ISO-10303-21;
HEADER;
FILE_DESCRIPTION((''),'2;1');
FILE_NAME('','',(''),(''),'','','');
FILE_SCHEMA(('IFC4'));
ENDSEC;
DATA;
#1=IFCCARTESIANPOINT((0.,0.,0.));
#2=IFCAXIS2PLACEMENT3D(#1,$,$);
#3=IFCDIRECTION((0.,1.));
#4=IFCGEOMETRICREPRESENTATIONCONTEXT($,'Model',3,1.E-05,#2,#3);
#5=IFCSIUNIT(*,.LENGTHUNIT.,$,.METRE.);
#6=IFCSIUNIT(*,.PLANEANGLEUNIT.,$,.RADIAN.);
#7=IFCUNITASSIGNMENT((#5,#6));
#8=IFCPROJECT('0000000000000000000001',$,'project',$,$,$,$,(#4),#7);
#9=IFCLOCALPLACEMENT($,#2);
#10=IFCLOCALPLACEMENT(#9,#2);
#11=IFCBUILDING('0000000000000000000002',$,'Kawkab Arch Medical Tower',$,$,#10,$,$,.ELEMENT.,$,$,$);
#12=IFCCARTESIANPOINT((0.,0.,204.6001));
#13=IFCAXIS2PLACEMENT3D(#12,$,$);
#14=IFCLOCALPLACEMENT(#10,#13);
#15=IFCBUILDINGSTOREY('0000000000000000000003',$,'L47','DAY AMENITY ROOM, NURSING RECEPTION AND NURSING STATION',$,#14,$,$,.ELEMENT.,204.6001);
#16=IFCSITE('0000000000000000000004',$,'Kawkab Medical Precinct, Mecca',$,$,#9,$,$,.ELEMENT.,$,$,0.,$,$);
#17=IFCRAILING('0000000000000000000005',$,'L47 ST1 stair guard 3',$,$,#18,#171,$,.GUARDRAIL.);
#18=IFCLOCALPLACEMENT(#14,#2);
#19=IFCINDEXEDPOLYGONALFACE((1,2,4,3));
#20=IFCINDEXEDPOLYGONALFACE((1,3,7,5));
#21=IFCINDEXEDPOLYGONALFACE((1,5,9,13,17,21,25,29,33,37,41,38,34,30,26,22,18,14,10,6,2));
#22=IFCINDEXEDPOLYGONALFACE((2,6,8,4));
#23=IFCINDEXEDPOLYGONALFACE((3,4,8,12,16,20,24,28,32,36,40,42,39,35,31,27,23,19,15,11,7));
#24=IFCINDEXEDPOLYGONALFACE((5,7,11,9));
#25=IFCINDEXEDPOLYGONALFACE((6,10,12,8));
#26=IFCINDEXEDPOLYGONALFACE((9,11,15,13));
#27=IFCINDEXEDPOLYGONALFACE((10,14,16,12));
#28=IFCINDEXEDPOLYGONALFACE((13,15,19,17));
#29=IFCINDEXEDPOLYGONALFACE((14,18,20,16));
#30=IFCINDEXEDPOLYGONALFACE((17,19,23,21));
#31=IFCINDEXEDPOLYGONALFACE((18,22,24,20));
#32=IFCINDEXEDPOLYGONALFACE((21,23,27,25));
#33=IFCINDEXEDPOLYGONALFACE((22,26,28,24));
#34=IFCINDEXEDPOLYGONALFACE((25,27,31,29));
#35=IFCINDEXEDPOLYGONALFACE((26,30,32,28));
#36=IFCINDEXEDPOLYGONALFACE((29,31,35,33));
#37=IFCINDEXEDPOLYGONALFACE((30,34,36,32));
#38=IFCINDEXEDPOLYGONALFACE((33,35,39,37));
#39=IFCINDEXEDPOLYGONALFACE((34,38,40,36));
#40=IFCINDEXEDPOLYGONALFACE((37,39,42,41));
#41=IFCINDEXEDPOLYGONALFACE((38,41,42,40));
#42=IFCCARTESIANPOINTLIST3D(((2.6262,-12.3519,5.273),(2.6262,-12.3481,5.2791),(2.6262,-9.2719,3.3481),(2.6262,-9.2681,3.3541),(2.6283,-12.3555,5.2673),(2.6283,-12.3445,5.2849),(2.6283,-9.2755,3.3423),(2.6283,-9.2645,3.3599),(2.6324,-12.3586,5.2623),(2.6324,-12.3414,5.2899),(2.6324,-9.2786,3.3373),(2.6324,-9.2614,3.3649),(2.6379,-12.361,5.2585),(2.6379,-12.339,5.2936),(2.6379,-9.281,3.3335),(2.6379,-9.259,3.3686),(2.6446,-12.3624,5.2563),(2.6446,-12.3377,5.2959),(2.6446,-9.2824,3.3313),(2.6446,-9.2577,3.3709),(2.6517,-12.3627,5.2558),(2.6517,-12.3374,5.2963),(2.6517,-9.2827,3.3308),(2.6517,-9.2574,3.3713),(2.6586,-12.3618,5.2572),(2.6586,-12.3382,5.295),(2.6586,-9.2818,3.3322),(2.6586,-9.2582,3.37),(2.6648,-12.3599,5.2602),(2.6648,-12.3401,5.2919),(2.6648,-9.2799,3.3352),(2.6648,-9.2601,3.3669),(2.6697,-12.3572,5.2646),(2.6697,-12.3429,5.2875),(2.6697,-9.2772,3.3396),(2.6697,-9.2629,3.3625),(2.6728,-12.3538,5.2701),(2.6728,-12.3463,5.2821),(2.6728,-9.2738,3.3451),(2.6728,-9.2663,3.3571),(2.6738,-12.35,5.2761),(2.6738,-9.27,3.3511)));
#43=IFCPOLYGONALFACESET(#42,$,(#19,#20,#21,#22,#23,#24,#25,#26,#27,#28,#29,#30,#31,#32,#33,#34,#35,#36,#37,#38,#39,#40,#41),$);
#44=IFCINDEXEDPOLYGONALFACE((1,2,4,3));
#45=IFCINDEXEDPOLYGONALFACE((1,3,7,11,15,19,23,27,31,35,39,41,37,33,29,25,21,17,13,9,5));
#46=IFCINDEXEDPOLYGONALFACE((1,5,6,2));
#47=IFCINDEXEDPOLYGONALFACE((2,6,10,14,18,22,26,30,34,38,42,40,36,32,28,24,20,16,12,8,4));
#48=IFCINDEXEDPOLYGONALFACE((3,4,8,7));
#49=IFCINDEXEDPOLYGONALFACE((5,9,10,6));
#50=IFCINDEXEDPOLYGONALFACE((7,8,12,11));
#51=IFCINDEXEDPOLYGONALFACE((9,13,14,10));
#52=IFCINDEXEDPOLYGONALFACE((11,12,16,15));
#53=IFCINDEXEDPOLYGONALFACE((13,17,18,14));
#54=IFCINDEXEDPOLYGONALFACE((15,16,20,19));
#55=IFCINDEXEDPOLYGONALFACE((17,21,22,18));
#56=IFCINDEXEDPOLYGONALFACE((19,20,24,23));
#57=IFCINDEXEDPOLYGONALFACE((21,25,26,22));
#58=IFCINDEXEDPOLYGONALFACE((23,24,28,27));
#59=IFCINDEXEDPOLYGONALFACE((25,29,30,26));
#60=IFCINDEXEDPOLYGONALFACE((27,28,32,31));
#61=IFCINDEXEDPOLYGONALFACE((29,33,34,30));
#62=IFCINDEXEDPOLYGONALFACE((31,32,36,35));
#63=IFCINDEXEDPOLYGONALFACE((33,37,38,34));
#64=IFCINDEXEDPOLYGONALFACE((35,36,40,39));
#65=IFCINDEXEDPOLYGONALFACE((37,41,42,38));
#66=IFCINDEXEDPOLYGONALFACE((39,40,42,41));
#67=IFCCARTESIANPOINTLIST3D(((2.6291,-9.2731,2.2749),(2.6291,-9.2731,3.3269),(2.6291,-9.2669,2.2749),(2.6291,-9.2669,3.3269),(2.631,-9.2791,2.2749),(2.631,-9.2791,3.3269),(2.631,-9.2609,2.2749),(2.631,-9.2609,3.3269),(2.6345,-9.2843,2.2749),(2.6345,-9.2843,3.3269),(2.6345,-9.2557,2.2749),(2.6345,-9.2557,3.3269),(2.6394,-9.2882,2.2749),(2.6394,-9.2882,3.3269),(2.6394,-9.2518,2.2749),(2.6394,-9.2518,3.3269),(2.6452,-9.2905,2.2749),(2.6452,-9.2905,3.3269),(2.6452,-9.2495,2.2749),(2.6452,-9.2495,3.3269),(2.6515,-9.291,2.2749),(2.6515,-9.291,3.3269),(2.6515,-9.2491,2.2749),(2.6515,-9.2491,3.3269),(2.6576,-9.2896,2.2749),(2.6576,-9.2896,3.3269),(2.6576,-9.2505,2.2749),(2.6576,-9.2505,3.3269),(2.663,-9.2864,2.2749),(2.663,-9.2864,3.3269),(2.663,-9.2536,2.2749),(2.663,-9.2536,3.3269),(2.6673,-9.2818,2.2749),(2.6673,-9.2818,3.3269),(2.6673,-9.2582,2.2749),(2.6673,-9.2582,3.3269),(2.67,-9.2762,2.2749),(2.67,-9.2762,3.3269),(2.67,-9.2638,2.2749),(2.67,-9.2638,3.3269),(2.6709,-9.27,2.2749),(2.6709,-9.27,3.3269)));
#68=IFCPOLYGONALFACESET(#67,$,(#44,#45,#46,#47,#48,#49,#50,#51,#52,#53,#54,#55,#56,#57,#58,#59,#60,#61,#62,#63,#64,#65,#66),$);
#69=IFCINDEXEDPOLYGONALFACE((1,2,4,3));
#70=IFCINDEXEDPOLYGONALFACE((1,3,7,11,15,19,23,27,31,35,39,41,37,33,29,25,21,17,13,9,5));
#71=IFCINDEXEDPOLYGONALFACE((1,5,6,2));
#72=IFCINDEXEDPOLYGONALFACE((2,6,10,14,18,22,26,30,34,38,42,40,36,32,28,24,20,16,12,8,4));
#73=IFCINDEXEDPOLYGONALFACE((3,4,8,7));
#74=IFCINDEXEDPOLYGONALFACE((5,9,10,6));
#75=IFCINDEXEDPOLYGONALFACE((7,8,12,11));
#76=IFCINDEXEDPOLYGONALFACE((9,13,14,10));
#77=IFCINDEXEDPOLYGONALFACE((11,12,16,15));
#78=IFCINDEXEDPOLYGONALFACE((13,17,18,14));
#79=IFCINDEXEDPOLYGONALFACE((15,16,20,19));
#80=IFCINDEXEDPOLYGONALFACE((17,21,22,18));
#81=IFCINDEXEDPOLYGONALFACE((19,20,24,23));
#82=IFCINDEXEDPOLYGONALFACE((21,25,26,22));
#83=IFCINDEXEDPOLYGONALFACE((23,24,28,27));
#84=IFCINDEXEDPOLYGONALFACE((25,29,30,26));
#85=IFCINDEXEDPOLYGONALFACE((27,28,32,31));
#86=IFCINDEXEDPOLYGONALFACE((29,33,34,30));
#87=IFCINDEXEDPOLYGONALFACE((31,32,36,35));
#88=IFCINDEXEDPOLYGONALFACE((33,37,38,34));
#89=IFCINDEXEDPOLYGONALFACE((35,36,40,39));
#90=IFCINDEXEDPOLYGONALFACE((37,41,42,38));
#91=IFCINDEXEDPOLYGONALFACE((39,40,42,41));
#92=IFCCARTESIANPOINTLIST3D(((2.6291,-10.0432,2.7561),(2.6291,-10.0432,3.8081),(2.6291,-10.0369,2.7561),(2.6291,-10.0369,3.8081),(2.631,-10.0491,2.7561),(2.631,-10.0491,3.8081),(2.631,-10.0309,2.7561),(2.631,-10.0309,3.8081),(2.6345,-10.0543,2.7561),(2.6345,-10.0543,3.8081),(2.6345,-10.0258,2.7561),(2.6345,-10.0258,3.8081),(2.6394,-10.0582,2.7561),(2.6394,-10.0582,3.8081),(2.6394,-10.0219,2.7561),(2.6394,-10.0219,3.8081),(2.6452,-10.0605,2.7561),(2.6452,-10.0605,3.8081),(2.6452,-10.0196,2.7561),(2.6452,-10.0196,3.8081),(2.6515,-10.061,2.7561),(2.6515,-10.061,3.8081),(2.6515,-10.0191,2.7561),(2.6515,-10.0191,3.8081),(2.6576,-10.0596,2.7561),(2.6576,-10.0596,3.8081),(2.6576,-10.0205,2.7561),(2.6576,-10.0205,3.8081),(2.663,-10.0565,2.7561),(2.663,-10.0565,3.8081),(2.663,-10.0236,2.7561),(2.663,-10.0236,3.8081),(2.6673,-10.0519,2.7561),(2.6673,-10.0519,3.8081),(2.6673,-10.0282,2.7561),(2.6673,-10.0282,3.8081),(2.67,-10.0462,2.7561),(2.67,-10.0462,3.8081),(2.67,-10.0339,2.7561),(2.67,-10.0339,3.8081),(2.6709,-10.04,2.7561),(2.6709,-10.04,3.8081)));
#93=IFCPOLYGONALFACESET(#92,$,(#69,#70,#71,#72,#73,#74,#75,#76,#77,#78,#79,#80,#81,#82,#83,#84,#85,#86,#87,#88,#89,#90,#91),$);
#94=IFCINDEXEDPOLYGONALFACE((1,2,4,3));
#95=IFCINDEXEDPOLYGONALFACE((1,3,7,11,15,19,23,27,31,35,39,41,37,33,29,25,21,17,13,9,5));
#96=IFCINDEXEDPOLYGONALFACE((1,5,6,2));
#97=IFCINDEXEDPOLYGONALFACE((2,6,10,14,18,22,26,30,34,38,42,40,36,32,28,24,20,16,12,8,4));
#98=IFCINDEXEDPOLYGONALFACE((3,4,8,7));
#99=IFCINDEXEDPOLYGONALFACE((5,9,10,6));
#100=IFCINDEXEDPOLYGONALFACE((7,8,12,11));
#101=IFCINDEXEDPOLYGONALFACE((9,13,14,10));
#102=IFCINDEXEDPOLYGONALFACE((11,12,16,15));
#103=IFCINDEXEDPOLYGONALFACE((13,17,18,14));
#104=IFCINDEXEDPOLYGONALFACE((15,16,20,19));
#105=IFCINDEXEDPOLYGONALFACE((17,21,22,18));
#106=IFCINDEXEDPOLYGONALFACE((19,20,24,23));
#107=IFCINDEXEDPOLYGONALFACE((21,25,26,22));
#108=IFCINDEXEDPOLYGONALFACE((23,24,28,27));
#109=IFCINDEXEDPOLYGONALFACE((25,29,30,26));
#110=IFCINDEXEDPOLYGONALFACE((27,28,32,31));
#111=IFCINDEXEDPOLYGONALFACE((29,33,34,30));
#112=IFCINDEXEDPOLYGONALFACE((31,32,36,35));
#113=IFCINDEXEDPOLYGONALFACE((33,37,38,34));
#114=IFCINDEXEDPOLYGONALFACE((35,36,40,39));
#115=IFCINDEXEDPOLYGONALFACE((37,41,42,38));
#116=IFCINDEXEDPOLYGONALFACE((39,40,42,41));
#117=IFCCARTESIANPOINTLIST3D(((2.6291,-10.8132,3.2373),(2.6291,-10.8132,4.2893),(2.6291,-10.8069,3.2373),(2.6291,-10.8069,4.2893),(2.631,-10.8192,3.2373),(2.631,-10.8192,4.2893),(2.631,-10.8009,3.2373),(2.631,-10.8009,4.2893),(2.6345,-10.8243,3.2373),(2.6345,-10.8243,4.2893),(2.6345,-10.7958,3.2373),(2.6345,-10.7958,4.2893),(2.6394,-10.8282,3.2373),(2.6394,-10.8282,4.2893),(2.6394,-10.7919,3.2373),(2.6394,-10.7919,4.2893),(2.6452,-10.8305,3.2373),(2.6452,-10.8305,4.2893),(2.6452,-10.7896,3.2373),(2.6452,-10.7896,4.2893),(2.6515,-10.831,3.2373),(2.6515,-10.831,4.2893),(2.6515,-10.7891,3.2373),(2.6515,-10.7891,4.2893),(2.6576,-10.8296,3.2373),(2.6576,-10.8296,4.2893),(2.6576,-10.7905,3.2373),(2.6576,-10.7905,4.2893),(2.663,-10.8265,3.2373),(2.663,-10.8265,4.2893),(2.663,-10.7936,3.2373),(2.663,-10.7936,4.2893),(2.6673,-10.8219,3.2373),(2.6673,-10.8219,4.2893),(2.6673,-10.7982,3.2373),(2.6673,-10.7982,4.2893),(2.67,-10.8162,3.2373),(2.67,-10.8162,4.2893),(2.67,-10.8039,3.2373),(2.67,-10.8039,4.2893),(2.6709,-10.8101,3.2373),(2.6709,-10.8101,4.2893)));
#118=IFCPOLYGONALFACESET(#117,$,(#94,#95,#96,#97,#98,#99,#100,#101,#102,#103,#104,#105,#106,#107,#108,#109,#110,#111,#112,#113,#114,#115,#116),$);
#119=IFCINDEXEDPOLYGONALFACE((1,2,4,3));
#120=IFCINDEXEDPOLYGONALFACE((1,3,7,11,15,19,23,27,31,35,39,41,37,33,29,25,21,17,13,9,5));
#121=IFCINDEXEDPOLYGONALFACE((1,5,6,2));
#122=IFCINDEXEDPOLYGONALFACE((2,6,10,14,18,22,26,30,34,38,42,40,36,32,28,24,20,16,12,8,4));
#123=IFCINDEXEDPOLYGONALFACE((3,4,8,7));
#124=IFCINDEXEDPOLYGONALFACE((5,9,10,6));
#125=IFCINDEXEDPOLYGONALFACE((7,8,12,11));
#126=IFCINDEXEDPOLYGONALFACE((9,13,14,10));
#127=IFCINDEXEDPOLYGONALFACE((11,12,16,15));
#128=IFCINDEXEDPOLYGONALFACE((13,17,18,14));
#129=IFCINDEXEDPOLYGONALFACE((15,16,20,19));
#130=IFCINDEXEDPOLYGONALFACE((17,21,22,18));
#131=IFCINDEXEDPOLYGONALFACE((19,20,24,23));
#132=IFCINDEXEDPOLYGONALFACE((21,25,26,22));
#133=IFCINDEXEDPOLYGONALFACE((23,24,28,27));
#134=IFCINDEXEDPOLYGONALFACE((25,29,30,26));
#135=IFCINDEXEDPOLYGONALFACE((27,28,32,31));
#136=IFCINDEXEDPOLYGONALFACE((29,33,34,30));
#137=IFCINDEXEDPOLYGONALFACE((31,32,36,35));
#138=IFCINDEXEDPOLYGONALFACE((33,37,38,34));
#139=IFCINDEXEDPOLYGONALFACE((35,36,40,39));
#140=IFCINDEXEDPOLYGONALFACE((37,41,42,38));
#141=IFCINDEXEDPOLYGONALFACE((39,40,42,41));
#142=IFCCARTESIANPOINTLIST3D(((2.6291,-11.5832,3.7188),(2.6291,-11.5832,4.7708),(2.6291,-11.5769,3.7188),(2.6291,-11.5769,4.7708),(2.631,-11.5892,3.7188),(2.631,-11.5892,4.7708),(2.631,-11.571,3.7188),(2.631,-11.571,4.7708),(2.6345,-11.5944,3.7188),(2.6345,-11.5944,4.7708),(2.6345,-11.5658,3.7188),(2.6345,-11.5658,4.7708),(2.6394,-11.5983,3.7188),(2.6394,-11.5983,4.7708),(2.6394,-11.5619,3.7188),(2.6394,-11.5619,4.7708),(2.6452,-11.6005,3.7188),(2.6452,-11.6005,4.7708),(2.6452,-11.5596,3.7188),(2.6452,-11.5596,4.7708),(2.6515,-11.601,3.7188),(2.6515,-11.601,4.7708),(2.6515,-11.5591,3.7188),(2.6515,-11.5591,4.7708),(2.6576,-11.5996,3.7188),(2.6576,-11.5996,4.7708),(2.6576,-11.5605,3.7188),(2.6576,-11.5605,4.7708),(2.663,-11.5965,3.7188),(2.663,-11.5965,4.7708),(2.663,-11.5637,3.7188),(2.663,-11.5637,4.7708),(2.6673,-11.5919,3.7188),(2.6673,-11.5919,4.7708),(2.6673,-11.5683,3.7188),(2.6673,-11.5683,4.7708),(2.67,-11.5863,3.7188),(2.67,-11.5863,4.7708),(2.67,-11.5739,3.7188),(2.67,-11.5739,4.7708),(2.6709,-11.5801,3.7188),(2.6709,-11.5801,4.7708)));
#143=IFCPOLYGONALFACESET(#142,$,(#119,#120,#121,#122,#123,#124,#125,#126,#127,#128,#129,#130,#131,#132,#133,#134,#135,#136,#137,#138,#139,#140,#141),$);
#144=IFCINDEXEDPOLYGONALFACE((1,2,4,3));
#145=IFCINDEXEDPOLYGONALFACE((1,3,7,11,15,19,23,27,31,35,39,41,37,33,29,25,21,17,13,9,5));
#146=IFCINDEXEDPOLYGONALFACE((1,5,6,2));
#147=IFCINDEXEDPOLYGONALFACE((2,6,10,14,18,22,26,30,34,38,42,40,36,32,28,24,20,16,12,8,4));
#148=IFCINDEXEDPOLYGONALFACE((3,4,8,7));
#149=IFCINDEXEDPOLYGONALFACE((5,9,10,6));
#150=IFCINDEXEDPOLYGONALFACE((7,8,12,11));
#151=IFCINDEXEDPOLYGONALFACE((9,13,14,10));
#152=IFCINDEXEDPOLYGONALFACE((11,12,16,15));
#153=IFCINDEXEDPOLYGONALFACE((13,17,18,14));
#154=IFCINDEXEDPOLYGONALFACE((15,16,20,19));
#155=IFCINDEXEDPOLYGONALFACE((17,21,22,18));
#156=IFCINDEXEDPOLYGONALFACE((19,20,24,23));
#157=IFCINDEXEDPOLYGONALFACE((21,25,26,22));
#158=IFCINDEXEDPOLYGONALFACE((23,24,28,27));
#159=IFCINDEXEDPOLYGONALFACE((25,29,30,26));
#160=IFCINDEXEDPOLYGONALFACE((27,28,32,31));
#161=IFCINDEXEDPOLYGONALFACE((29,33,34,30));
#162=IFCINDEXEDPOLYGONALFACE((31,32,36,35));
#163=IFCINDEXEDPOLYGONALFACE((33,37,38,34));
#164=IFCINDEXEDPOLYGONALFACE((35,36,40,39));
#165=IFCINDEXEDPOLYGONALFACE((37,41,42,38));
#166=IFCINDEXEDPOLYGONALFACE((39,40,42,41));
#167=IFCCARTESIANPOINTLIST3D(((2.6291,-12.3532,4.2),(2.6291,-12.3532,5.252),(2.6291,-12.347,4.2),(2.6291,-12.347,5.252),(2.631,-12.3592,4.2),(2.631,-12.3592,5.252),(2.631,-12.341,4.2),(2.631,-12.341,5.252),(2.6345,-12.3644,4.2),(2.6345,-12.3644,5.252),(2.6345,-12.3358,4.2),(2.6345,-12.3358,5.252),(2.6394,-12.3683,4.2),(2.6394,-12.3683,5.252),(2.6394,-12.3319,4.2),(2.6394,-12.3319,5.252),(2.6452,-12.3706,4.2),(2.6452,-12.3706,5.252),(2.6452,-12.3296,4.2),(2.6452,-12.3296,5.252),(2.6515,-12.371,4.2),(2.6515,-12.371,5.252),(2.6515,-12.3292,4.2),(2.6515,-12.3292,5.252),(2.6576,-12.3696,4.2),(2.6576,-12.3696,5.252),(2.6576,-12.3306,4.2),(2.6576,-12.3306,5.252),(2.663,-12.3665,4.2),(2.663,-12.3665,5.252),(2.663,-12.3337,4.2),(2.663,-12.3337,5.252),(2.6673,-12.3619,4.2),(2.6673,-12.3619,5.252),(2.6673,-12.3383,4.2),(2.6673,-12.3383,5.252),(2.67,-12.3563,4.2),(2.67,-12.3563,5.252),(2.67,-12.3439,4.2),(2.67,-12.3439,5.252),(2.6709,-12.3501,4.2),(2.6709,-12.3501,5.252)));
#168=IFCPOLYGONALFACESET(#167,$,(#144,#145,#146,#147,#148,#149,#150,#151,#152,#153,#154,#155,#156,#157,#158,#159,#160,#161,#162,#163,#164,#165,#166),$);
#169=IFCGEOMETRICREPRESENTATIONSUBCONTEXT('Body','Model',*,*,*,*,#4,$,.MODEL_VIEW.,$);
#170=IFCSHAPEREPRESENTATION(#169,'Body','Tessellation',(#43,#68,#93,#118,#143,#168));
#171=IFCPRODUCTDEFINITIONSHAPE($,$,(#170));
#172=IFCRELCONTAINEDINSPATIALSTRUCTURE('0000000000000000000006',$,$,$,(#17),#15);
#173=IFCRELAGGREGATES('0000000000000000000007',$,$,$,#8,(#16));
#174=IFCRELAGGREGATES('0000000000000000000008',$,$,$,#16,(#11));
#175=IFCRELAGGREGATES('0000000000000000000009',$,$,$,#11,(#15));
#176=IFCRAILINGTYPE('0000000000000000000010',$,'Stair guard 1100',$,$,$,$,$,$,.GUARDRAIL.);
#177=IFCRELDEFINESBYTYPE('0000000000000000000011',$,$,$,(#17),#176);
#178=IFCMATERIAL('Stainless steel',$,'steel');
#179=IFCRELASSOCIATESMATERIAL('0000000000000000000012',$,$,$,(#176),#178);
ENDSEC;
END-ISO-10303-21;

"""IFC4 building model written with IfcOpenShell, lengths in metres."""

from ifc_helpers import new_model, si_unit, direction, frame, origin, origin_2d, place, context, subcontext, project, spatial, circle, extrude, material, type_object, element, save


model = new_model("IFC4")

# Units and contexts
model_context = context("Model", 3, precision=1e-05, world=origin(), true_north=direction((0.0, 1.0)))
body_context = subcontext(model_context, "Body", "Model", "MODEL_VIEW")
ifc_project = project(units=[si_unit("LENGTHUNIT", "METRE"), si_unit("PLANEANGLEUNIT", "RADIAN")], contexts=[model_context])

# Site, building, storey
site_placement = place(None, origin())
site = spatial("IfcSite", under=ifc_project, at=site_placement, Name="Kawkab Medical Precinct, Mecca", CompositionType="ELEMENT", RefElevation=0.0)
building_placement = place(site_placement, origin())
building = spatial("IfcBuilding", under=site, at=building_placement, Name="Kawkab Arch Medical Tower", CompositionType="ELEMENT")
storey_placement = place(building_placement, frame((0.0, 0.0, 204.6001)))
storey = spatial("IfcBuildingStorey", under=building, at=storey_placement, Name="L47", Description="DAY AMENITY ROOM, NURSING RECEPTION AND NURSING STATION", CompositionType="ELEMENT", Elevation=204.6001)

# Railing
ifc_material_1 = material(Name="Stainless steel", Category="steel")
railing_type_1 = type_object("IfcRailingType", Name="Stair guard 1100", PredefinedType="GUARDRAIL", material=ifc_material_1)
railing_1_placement = place(storey_placement, frame((2.6499, -9.27, 2.2749)))
element("IfcRailing", 1, at=railing_1_placement, inside=storey, type_object=railing_type_1, Name="L47 ST1 stair guard 3", PredefinedType="GUARDRAIL", context=body_context, shape_type="SweptSolid", body=[
    extrude(circle(Radius=0.0239, at=origin_2d()), frame((0.0, 0.0, 1.0762), z_axis=(0.0, -0.847998, 0.529999), x_axis=(1.0, 0.0, 0.0)), (0.0, 0.0, 1.0), 3.6321),
    extrude(circle(Radius=0.021, at=origin_2d()), origin(), (0.0, 0.0, 1.0), 1.052),
    extrude(circle(Radius=0.021, at=origin_2d()), frame((0.0, -0.77, 0.4812)), (0.0, 0.0, 1.0), 1.052),
    extrude(circle(Radius=0.021, at=origin_2d()), frame((0.0, -1.54, 0.9624)), (0.0, 0.0, 1.0), 1.052),
    extrude(circle(Radius=0.021, at=origin_2d()), frame((0.0, -2.3101, 1.4438)), (0.0, 0.0, 1.0), 1.052),
    extrude(circle(Radius=0.021, at=origin_2d()), frame((0.0, -3.0801, 1.925)), (0.0, 0.0, 1.0), 1.052),
])

save(model, "model.ifc")
